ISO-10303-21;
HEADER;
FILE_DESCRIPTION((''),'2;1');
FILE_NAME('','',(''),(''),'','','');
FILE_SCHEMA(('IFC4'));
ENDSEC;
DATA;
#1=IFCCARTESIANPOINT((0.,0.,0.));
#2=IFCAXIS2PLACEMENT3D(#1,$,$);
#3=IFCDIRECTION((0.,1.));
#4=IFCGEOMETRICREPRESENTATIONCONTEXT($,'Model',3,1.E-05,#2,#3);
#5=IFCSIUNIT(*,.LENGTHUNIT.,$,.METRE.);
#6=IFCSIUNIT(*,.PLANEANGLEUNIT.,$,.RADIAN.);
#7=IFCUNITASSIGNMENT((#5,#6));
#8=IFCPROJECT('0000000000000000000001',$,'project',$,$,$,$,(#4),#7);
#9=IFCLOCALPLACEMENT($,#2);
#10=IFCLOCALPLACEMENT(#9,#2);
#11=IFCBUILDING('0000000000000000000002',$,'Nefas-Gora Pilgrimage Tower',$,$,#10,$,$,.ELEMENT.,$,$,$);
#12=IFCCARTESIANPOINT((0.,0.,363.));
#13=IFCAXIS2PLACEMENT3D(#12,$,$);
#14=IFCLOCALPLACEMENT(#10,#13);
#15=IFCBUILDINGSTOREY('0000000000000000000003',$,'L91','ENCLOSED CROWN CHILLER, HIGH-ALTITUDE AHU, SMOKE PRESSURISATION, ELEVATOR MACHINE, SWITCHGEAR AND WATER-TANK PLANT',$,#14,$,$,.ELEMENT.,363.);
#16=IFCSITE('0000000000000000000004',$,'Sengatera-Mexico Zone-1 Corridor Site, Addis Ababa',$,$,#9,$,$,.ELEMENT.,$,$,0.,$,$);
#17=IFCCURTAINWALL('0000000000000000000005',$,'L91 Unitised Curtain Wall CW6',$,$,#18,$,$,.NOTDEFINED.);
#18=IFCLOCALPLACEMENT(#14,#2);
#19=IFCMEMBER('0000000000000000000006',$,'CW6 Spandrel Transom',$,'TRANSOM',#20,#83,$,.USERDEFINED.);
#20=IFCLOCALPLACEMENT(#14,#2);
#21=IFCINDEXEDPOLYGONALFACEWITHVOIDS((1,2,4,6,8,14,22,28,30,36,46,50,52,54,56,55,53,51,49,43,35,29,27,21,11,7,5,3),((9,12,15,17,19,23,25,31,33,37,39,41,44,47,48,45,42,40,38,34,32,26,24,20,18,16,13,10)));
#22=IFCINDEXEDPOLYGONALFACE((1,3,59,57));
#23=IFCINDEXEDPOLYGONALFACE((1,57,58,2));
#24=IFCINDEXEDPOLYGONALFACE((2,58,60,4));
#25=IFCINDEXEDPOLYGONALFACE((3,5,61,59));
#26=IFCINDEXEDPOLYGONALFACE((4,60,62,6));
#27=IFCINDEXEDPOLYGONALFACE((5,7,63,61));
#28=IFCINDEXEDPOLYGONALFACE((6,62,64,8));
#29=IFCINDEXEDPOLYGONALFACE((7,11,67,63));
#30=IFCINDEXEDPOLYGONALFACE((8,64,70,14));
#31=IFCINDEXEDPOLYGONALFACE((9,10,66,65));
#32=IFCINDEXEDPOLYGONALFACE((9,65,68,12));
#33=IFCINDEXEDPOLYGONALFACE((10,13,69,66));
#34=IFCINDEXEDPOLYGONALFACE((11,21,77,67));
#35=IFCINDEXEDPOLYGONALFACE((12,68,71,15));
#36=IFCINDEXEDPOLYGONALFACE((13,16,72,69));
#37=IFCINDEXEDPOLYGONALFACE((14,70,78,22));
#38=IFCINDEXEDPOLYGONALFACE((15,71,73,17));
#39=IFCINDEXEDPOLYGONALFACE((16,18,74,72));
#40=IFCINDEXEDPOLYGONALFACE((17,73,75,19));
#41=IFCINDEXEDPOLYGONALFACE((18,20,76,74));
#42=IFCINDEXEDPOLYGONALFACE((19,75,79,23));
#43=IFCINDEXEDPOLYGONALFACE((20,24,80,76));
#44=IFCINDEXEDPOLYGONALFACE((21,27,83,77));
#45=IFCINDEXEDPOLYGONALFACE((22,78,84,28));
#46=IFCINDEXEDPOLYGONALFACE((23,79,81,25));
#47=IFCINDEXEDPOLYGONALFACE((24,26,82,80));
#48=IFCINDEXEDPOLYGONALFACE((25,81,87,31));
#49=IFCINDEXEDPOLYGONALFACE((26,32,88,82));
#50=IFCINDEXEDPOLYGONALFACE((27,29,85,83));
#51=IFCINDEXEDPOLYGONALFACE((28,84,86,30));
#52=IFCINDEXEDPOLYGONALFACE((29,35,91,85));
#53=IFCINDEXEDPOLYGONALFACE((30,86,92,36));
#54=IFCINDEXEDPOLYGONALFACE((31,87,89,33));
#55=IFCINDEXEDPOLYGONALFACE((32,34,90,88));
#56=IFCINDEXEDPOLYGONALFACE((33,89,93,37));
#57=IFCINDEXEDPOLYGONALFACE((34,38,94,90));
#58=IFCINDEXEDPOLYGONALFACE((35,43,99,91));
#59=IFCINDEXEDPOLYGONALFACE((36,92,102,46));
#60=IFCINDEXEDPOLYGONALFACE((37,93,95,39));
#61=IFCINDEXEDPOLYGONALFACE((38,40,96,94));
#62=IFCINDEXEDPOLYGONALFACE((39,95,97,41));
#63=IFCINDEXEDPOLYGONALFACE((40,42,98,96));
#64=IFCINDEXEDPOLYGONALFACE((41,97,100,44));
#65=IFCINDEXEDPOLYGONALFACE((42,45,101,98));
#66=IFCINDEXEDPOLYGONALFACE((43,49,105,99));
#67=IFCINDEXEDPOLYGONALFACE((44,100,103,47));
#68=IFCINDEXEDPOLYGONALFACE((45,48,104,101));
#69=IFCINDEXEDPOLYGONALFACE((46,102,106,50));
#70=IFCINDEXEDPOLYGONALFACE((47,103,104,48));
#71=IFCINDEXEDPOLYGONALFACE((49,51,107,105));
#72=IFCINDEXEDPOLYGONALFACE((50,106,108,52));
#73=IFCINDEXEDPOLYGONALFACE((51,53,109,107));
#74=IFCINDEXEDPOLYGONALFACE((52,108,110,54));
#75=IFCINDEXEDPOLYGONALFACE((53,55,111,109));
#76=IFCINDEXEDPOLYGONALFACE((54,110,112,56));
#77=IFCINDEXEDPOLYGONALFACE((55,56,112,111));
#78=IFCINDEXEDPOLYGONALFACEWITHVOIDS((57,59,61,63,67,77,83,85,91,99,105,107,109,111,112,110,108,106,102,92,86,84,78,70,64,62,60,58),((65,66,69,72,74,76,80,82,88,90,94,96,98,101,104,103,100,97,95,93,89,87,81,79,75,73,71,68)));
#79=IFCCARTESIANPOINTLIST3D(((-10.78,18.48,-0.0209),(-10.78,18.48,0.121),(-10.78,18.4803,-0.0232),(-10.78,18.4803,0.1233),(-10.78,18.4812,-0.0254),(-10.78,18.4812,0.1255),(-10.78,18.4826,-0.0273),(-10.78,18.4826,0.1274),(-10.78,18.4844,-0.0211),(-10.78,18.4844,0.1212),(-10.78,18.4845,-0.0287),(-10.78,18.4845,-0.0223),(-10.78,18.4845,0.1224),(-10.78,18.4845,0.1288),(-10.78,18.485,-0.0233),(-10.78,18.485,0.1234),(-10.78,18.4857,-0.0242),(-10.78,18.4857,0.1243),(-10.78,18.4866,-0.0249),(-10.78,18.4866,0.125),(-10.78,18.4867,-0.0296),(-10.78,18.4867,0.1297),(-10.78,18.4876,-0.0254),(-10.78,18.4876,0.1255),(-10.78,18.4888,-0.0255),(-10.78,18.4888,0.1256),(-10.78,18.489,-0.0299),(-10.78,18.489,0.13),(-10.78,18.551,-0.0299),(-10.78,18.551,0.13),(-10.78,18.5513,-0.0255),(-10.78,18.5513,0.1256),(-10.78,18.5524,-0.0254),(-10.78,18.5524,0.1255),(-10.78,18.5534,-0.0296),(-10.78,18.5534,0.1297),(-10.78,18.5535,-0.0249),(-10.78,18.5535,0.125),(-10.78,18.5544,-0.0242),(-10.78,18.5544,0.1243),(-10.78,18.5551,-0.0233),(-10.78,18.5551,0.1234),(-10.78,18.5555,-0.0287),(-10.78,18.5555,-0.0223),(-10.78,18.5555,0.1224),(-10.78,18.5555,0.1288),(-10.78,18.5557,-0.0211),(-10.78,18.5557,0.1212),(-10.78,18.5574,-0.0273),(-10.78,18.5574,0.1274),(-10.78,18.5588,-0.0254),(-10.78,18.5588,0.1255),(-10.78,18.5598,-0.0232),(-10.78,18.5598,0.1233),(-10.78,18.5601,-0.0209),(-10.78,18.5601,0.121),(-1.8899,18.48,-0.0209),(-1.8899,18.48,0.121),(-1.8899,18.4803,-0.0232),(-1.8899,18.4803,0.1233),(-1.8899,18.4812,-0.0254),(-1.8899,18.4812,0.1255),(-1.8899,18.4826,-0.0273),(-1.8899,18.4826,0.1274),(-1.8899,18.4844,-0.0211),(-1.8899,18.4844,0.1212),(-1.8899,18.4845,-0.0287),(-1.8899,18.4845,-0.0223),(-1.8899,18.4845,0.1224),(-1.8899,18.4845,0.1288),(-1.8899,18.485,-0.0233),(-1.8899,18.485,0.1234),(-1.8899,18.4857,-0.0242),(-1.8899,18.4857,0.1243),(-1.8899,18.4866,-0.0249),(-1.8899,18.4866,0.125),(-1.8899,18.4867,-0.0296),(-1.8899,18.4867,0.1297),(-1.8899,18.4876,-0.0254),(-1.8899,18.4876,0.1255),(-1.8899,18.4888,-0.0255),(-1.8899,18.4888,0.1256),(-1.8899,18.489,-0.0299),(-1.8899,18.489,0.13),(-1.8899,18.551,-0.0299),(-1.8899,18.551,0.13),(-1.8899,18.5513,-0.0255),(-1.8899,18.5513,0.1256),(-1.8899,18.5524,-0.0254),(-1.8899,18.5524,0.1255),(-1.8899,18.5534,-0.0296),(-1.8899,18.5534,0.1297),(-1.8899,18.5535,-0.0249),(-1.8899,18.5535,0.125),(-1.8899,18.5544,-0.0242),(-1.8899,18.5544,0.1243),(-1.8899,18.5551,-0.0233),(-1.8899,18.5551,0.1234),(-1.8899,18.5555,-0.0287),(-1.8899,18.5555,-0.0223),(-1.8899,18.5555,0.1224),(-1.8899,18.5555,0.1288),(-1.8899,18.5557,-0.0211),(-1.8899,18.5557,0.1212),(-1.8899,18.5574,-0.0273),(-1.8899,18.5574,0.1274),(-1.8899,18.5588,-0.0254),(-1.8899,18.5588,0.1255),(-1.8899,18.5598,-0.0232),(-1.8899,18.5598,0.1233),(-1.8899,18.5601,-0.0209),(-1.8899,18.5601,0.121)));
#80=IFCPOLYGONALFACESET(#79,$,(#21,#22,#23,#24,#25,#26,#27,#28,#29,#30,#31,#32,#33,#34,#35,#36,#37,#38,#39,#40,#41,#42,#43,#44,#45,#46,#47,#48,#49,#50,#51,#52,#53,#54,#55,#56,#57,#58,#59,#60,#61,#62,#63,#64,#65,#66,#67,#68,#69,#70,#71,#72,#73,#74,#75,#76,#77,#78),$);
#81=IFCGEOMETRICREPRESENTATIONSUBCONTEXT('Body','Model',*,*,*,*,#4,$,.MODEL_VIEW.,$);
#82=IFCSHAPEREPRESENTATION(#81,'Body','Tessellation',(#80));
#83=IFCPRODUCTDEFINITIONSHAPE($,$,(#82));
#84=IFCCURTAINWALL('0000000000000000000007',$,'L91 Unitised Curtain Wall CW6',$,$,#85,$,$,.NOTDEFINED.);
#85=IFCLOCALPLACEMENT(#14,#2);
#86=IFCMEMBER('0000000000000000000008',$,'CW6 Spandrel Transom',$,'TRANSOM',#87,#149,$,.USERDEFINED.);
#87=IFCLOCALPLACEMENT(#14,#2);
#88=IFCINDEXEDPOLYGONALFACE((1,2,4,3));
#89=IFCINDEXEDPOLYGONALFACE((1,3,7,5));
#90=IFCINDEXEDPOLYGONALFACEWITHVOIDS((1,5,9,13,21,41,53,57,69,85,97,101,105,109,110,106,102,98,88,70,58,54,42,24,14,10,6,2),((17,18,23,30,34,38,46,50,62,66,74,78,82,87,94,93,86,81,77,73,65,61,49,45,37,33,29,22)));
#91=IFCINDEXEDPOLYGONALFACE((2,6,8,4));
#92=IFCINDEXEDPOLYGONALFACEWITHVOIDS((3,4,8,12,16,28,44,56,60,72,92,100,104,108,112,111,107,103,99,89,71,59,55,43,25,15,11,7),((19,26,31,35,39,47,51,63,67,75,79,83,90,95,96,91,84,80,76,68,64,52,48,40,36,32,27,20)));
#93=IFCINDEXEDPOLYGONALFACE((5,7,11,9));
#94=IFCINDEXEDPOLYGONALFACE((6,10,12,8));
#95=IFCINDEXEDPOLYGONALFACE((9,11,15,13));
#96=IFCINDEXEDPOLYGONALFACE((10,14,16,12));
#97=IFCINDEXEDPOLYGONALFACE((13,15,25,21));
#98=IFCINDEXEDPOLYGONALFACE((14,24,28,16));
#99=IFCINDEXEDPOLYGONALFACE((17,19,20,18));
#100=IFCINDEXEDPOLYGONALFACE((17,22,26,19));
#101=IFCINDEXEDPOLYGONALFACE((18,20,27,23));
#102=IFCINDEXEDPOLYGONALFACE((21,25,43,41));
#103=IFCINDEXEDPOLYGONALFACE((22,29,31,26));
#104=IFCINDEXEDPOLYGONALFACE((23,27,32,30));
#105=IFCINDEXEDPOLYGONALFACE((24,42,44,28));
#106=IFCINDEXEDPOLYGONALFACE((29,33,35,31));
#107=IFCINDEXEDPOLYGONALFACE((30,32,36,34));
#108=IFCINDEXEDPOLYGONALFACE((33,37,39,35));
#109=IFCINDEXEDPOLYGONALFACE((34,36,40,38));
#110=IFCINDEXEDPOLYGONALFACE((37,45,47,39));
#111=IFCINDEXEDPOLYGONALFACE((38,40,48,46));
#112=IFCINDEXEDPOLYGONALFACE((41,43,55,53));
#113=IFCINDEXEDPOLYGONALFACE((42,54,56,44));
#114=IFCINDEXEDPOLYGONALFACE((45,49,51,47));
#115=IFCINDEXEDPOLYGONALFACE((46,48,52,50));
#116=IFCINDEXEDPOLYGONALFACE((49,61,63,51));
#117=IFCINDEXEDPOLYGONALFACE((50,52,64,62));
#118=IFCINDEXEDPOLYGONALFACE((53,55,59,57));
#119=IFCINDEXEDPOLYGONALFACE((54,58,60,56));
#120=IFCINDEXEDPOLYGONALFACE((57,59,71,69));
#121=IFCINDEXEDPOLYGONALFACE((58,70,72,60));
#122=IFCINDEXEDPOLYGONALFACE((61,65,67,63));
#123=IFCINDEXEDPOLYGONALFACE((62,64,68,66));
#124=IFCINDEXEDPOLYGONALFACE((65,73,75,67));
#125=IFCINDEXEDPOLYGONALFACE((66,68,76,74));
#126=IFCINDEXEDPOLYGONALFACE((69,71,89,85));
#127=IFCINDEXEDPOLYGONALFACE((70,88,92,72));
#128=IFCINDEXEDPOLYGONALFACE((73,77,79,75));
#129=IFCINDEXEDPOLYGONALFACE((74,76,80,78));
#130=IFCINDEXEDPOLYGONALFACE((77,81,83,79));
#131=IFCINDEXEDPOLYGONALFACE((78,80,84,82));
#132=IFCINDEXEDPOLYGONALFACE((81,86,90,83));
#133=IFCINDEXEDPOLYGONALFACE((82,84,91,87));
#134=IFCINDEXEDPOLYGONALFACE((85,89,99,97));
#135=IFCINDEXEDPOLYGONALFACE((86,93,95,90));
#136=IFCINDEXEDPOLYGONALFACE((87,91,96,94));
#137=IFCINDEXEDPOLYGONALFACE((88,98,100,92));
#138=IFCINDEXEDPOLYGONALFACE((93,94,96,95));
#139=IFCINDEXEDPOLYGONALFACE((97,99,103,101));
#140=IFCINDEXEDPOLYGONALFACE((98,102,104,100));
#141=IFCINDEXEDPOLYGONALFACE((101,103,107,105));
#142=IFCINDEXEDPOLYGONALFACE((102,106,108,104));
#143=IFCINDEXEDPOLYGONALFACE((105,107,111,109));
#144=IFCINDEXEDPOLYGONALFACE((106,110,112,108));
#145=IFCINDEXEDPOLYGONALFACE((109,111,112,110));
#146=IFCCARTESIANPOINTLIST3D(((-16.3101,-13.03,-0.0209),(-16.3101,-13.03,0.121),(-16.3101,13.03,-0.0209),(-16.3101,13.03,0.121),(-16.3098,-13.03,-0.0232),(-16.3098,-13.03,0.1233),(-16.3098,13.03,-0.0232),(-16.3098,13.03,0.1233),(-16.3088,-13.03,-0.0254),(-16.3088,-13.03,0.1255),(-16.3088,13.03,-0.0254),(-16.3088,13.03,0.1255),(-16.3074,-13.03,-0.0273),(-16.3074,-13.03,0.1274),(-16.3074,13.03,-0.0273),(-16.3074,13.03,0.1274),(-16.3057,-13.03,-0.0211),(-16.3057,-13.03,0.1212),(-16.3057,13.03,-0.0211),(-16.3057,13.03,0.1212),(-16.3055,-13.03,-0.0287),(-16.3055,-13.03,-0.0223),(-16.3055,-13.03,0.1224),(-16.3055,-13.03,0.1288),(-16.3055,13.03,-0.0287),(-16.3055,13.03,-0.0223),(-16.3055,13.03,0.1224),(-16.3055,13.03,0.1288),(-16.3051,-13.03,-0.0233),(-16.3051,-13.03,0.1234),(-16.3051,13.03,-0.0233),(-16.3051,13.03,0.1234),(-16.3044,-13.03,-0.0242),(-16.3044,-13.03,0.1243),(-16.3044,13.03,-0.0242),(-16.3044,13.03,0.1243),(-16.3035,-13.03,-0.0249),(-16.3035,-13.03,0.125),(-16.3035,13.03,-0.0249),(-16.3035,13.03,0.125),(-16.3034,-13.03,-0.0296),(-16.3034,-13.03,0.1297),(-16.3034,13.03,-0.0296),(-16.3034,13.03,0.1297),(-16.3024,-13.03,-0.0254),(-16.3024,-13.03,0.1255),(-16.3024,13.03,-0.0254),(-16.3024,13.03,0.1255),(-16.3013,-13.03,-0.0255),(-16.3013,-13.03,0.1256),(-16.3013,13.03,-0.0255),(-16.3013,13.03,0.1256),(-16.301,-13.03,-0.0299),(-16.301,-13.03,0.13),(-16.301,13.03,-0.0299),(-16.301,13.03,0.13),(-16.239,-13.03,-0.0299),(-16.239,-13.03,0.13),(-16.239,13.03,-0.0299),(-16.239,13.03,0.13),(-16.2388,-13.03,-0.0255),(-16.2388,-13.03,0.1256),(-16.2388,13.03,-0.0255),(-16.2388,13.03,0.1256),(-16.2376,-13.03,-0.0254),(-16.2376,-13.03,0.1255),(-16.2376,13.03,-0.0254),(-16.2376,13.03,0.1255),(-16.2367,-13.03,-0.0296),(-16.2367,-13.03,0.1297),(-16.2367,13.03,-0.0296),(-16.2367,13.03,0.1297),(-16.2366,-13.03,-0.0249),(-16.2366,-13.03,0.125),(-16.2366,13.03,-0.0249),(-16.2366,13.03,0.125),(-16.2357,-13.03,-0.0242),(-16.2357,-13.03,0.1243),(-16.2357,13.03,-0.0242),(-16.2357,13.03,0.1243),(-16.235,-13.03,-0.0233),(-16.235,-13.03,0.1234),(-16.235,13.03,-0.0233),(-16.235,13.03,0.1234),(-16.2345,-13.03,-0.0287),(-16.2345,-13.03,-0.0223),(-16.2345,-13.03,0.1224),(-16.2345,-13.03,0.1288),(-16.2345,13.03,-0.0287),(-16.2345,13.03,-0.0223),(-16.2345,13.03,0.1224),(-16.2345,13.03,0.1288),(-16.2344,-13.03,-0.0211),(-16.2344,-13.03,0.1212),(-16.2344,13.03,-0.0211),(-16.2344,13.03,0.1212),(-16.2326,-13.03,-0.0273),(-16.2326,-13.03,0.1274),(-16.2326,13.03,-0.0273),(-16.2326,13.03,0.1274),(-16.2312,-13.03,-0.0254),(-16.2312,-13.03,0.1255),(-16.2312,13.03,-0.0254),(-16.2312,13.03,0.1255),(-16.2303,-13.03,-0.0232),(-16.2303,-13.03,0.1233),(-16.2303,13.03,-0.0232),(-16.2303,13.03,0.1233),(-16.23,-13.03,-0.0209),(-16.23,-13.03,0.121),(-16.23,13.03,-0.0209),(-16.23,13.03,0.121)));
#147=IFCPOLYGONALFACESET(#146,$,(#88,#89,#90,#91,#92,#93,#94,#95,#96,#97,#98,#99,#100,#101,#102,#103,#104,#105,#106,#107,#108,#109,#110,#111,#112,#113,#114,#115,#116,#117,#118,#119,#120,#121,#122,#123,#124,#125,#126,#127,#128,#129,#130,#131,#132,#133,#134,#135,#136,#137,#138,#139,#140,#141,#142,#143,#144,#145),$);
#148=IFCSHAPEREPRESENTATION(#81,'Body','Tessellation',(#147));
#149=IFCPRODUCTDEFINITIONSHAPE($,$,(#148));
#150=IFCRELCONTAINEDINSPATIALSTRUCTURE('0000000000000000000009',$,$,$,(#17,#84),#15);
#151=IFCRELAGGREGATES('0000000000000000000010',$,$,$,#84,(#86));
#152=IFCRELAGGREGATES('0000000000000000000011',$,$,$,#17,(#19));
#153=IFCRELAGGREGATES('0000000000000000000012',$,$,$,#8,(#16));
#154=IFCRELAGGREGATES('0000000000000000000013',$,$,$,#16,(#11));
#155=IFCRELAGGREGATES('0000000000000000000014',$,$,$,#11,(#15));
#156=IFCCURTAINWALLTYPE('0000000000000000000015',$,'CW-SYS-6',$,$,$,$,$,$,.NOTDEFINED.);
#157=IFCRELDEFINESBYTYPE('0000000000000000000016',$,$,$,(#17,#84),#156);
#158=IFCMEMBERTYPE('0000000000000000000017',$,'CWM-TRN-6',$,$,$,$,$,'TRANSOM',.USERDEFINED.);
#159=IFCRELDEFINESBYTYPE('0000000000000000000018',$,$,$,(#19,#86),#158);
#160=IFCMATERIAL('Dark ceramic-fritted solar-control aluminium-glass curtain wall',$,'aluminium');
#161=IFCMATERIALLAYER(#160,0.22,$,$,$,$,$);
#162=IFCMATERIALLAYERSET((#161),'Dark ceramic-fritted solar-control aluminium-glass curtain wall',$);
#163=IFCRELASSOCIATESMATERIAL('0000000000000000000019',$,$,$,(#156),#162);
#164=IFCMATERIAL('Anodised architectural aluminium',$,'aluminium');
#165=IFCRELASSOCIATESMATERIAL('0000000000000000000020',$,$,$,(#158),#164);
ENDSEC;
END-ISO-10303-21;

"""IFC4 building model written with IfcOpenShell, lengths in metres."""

from ifc_helpers import new_model, si_unit, direction, frame, origin, origin_2d, place, context, subcontext, project, spatial, hollow_rectangle, extrude, source, transform, mapped, material, layer, layer_set, material_profile, profile_set, type_object, element, aggregate, save


model = new_model("IFC4")

# Units and contexts
model_context = context("Model", 3, precision=1e-05, world=origin(), true_north=direction((0.0, 1.0)))
body_context = subcontext(model_context, "Body", "Model", "MODEL_VIEW")
ifc_project = project(units=[si_unit("LENGTHUNIT", "METRE"), si_unit("PLANEANGLEUNIT", "RADIAN")], contexts=[model_context])

# Site, building, storey
site_placement = place(None, origin())
site = spatial("IfcSite", under=ifc_project, at=site_placement, Name="Sengatera-Mexico Zone-1 Corridor Site, Addis Ababa", CompositionType="ELEMENT", RefElevation=0.0)
building_placement = place(site_placement, origin())
building = spatial("IfcBuilding", under=site, at=building_placement, Name="Nefas-Gora Pilgrimage Tower", CompositionType="ELEMENT")
storey_placement = place(building_placement, frame((0.0, 0.0, 363.0)))
storey = spatial("IfcBuildingStorey", under=building, at=storey_placement, Name="L91", Description="ENCLOSED CROWN CHILLER, HIGH-ALTITUDE AHU, SMOKE PRESSURISATION, ELEVATOR MACHINE, SWITCHGEAR AND WATER-TANK PLANT", CompositionType="ELEMENT", Elevation=363.0)

# Curtain walls, members
ifc_material_1 = material(Name="Dark ceramic-fritted solar-control aluminium-glass curtain wall", Category="aluminium")
ifc_layer_1 = layer(ifc_material_1, 0.22)
ifc_layer_set_1 = layer_set([ifc_layer_1], Name="Dark ceramic-fritted solar-control aluminium-glass curtain wall")
curtain_wall_type = type_object("IfcCurtainWallType", Name="CW-SYS-6", PredefinedType="NOTDEFINED", material=ifc_layer_set_1)
curtain_wall_1_placement = place(storey_placement, origin())
curtain_wall_1 = element("IfcCurtainWall", 1, at=curtain_wall_1_placement, inside=storey, type_object=curtain_wall_type, Name="L91 Unitised Curtain Wall CW6", PredefinedType="NOTDEFINED")
ifc_material_2 = material(Name="Anodised architectural aluminium", Category="aluminium")
ifc_material_profile_1 = material_profile(ifc_material_2, hollow_rectangle(XDim=0.0801, YDim=0.1599, WallThickness=0.0044, InnerFilletRadius=0.0044, OuterFilletRadius=0.009, at=origin_2d()), Name="ALU TRANSOM 80x160")
ifc_profile_set_1 = profile_set([ifc_material_profile_1], Name="Anodised architectural aluminium")
member_type_1 = type_object("IfcMemberType", Name="CWM-TRN-6", ElementType="TRANSOM", PredefinedType="USERDEFINED", material=ifc_profile_set_1)
shared_shape_1 = source(origin(), body_context, "Body", "SweptSolid", [
    extrude(hollow_rectangle(XDim=0.0801, YDim=0.1599, WallThickness=0.0044, InnerFilletRadius=0.0044, OuterFilletRadius=0.009, at=origin_2d()), origin(), (0.0, 0.0, 1.0), 8.8901),
])
member_1_placement = place(storey_placement, frame((-1.8899, 18.52, 0.05), z_axis=(-1.0, 0.0, 0.0), x_axis=(0.0, -1.0, 0.0)))
member_1 = element("IfcMember", 2, at=member_1_placement, type_object=member_type_1, Name="CW6 Spandrel Transom", ObjectType="TRANSOM", PredefinedType="USERDEFINED", context=body_context, shape_type="MappedRepresentation", body=[
    mapped(shared_shape_1, transform((0.0, 0.0, 0.0), x_axis=(1.0, 0.0, 0.0), y_axis=(0.0, 1.0, 0.0), z_axis=(0.0, 0.0, 1.0), scale=1.0)),
])
curtain_wall_2_placement = place(storey_placement, origin())
curtain_wall_2 = element("IfcCurtainWall", 3, at=curtain_wall_2_placement, inside=storey, type_object=curtain_wall_type, Name="L91 Unitised Curtain Wall CW6", PredefinedType="NOTDEFINED")
shared_shape_2 = source(origin(), body_context, "Body", "SweptSolid", [
    extrude(hollow_rectangle(XDim=0.0801, YDim=0.1599, WallThickness=0.0044, InnerFilletRadius=0.0044, OuterFilletRadius=0.009, at=origin_2d()), origin(), (0.0, 0.0, 1.0), 26.0601),
])
member_2_placement = place(storey_placement, frame((-16.27, 13.03, 0.05), z_axis=(0.0, -1.0, 0.0), x_axis=(1.0, 0.0, 0.0)))
member_2 = element("IfcMember", 4, at=member_2_placement, type_object=member_type_1, Name="CW6 Spandrel Transom", ObjectType="TRANSOM", PredefinedType="USERDEFINED", context=body_context, shape_type="MappedRepresentation", body=[
    mapped(shared_shape_2, transform((0.0, 0.0, 0.0), x_axis=(1.0, 0.0, 0.0), y_axis=(0.0, 1.0, 0.0), z_axis=(0.0, 0.0, 1.0), scale=1.0)),
])

aggregate(curtain_wall_2, [member_2])

aggregate(curtain_wall_1, [member_1])

save(model, "model.ifc")
